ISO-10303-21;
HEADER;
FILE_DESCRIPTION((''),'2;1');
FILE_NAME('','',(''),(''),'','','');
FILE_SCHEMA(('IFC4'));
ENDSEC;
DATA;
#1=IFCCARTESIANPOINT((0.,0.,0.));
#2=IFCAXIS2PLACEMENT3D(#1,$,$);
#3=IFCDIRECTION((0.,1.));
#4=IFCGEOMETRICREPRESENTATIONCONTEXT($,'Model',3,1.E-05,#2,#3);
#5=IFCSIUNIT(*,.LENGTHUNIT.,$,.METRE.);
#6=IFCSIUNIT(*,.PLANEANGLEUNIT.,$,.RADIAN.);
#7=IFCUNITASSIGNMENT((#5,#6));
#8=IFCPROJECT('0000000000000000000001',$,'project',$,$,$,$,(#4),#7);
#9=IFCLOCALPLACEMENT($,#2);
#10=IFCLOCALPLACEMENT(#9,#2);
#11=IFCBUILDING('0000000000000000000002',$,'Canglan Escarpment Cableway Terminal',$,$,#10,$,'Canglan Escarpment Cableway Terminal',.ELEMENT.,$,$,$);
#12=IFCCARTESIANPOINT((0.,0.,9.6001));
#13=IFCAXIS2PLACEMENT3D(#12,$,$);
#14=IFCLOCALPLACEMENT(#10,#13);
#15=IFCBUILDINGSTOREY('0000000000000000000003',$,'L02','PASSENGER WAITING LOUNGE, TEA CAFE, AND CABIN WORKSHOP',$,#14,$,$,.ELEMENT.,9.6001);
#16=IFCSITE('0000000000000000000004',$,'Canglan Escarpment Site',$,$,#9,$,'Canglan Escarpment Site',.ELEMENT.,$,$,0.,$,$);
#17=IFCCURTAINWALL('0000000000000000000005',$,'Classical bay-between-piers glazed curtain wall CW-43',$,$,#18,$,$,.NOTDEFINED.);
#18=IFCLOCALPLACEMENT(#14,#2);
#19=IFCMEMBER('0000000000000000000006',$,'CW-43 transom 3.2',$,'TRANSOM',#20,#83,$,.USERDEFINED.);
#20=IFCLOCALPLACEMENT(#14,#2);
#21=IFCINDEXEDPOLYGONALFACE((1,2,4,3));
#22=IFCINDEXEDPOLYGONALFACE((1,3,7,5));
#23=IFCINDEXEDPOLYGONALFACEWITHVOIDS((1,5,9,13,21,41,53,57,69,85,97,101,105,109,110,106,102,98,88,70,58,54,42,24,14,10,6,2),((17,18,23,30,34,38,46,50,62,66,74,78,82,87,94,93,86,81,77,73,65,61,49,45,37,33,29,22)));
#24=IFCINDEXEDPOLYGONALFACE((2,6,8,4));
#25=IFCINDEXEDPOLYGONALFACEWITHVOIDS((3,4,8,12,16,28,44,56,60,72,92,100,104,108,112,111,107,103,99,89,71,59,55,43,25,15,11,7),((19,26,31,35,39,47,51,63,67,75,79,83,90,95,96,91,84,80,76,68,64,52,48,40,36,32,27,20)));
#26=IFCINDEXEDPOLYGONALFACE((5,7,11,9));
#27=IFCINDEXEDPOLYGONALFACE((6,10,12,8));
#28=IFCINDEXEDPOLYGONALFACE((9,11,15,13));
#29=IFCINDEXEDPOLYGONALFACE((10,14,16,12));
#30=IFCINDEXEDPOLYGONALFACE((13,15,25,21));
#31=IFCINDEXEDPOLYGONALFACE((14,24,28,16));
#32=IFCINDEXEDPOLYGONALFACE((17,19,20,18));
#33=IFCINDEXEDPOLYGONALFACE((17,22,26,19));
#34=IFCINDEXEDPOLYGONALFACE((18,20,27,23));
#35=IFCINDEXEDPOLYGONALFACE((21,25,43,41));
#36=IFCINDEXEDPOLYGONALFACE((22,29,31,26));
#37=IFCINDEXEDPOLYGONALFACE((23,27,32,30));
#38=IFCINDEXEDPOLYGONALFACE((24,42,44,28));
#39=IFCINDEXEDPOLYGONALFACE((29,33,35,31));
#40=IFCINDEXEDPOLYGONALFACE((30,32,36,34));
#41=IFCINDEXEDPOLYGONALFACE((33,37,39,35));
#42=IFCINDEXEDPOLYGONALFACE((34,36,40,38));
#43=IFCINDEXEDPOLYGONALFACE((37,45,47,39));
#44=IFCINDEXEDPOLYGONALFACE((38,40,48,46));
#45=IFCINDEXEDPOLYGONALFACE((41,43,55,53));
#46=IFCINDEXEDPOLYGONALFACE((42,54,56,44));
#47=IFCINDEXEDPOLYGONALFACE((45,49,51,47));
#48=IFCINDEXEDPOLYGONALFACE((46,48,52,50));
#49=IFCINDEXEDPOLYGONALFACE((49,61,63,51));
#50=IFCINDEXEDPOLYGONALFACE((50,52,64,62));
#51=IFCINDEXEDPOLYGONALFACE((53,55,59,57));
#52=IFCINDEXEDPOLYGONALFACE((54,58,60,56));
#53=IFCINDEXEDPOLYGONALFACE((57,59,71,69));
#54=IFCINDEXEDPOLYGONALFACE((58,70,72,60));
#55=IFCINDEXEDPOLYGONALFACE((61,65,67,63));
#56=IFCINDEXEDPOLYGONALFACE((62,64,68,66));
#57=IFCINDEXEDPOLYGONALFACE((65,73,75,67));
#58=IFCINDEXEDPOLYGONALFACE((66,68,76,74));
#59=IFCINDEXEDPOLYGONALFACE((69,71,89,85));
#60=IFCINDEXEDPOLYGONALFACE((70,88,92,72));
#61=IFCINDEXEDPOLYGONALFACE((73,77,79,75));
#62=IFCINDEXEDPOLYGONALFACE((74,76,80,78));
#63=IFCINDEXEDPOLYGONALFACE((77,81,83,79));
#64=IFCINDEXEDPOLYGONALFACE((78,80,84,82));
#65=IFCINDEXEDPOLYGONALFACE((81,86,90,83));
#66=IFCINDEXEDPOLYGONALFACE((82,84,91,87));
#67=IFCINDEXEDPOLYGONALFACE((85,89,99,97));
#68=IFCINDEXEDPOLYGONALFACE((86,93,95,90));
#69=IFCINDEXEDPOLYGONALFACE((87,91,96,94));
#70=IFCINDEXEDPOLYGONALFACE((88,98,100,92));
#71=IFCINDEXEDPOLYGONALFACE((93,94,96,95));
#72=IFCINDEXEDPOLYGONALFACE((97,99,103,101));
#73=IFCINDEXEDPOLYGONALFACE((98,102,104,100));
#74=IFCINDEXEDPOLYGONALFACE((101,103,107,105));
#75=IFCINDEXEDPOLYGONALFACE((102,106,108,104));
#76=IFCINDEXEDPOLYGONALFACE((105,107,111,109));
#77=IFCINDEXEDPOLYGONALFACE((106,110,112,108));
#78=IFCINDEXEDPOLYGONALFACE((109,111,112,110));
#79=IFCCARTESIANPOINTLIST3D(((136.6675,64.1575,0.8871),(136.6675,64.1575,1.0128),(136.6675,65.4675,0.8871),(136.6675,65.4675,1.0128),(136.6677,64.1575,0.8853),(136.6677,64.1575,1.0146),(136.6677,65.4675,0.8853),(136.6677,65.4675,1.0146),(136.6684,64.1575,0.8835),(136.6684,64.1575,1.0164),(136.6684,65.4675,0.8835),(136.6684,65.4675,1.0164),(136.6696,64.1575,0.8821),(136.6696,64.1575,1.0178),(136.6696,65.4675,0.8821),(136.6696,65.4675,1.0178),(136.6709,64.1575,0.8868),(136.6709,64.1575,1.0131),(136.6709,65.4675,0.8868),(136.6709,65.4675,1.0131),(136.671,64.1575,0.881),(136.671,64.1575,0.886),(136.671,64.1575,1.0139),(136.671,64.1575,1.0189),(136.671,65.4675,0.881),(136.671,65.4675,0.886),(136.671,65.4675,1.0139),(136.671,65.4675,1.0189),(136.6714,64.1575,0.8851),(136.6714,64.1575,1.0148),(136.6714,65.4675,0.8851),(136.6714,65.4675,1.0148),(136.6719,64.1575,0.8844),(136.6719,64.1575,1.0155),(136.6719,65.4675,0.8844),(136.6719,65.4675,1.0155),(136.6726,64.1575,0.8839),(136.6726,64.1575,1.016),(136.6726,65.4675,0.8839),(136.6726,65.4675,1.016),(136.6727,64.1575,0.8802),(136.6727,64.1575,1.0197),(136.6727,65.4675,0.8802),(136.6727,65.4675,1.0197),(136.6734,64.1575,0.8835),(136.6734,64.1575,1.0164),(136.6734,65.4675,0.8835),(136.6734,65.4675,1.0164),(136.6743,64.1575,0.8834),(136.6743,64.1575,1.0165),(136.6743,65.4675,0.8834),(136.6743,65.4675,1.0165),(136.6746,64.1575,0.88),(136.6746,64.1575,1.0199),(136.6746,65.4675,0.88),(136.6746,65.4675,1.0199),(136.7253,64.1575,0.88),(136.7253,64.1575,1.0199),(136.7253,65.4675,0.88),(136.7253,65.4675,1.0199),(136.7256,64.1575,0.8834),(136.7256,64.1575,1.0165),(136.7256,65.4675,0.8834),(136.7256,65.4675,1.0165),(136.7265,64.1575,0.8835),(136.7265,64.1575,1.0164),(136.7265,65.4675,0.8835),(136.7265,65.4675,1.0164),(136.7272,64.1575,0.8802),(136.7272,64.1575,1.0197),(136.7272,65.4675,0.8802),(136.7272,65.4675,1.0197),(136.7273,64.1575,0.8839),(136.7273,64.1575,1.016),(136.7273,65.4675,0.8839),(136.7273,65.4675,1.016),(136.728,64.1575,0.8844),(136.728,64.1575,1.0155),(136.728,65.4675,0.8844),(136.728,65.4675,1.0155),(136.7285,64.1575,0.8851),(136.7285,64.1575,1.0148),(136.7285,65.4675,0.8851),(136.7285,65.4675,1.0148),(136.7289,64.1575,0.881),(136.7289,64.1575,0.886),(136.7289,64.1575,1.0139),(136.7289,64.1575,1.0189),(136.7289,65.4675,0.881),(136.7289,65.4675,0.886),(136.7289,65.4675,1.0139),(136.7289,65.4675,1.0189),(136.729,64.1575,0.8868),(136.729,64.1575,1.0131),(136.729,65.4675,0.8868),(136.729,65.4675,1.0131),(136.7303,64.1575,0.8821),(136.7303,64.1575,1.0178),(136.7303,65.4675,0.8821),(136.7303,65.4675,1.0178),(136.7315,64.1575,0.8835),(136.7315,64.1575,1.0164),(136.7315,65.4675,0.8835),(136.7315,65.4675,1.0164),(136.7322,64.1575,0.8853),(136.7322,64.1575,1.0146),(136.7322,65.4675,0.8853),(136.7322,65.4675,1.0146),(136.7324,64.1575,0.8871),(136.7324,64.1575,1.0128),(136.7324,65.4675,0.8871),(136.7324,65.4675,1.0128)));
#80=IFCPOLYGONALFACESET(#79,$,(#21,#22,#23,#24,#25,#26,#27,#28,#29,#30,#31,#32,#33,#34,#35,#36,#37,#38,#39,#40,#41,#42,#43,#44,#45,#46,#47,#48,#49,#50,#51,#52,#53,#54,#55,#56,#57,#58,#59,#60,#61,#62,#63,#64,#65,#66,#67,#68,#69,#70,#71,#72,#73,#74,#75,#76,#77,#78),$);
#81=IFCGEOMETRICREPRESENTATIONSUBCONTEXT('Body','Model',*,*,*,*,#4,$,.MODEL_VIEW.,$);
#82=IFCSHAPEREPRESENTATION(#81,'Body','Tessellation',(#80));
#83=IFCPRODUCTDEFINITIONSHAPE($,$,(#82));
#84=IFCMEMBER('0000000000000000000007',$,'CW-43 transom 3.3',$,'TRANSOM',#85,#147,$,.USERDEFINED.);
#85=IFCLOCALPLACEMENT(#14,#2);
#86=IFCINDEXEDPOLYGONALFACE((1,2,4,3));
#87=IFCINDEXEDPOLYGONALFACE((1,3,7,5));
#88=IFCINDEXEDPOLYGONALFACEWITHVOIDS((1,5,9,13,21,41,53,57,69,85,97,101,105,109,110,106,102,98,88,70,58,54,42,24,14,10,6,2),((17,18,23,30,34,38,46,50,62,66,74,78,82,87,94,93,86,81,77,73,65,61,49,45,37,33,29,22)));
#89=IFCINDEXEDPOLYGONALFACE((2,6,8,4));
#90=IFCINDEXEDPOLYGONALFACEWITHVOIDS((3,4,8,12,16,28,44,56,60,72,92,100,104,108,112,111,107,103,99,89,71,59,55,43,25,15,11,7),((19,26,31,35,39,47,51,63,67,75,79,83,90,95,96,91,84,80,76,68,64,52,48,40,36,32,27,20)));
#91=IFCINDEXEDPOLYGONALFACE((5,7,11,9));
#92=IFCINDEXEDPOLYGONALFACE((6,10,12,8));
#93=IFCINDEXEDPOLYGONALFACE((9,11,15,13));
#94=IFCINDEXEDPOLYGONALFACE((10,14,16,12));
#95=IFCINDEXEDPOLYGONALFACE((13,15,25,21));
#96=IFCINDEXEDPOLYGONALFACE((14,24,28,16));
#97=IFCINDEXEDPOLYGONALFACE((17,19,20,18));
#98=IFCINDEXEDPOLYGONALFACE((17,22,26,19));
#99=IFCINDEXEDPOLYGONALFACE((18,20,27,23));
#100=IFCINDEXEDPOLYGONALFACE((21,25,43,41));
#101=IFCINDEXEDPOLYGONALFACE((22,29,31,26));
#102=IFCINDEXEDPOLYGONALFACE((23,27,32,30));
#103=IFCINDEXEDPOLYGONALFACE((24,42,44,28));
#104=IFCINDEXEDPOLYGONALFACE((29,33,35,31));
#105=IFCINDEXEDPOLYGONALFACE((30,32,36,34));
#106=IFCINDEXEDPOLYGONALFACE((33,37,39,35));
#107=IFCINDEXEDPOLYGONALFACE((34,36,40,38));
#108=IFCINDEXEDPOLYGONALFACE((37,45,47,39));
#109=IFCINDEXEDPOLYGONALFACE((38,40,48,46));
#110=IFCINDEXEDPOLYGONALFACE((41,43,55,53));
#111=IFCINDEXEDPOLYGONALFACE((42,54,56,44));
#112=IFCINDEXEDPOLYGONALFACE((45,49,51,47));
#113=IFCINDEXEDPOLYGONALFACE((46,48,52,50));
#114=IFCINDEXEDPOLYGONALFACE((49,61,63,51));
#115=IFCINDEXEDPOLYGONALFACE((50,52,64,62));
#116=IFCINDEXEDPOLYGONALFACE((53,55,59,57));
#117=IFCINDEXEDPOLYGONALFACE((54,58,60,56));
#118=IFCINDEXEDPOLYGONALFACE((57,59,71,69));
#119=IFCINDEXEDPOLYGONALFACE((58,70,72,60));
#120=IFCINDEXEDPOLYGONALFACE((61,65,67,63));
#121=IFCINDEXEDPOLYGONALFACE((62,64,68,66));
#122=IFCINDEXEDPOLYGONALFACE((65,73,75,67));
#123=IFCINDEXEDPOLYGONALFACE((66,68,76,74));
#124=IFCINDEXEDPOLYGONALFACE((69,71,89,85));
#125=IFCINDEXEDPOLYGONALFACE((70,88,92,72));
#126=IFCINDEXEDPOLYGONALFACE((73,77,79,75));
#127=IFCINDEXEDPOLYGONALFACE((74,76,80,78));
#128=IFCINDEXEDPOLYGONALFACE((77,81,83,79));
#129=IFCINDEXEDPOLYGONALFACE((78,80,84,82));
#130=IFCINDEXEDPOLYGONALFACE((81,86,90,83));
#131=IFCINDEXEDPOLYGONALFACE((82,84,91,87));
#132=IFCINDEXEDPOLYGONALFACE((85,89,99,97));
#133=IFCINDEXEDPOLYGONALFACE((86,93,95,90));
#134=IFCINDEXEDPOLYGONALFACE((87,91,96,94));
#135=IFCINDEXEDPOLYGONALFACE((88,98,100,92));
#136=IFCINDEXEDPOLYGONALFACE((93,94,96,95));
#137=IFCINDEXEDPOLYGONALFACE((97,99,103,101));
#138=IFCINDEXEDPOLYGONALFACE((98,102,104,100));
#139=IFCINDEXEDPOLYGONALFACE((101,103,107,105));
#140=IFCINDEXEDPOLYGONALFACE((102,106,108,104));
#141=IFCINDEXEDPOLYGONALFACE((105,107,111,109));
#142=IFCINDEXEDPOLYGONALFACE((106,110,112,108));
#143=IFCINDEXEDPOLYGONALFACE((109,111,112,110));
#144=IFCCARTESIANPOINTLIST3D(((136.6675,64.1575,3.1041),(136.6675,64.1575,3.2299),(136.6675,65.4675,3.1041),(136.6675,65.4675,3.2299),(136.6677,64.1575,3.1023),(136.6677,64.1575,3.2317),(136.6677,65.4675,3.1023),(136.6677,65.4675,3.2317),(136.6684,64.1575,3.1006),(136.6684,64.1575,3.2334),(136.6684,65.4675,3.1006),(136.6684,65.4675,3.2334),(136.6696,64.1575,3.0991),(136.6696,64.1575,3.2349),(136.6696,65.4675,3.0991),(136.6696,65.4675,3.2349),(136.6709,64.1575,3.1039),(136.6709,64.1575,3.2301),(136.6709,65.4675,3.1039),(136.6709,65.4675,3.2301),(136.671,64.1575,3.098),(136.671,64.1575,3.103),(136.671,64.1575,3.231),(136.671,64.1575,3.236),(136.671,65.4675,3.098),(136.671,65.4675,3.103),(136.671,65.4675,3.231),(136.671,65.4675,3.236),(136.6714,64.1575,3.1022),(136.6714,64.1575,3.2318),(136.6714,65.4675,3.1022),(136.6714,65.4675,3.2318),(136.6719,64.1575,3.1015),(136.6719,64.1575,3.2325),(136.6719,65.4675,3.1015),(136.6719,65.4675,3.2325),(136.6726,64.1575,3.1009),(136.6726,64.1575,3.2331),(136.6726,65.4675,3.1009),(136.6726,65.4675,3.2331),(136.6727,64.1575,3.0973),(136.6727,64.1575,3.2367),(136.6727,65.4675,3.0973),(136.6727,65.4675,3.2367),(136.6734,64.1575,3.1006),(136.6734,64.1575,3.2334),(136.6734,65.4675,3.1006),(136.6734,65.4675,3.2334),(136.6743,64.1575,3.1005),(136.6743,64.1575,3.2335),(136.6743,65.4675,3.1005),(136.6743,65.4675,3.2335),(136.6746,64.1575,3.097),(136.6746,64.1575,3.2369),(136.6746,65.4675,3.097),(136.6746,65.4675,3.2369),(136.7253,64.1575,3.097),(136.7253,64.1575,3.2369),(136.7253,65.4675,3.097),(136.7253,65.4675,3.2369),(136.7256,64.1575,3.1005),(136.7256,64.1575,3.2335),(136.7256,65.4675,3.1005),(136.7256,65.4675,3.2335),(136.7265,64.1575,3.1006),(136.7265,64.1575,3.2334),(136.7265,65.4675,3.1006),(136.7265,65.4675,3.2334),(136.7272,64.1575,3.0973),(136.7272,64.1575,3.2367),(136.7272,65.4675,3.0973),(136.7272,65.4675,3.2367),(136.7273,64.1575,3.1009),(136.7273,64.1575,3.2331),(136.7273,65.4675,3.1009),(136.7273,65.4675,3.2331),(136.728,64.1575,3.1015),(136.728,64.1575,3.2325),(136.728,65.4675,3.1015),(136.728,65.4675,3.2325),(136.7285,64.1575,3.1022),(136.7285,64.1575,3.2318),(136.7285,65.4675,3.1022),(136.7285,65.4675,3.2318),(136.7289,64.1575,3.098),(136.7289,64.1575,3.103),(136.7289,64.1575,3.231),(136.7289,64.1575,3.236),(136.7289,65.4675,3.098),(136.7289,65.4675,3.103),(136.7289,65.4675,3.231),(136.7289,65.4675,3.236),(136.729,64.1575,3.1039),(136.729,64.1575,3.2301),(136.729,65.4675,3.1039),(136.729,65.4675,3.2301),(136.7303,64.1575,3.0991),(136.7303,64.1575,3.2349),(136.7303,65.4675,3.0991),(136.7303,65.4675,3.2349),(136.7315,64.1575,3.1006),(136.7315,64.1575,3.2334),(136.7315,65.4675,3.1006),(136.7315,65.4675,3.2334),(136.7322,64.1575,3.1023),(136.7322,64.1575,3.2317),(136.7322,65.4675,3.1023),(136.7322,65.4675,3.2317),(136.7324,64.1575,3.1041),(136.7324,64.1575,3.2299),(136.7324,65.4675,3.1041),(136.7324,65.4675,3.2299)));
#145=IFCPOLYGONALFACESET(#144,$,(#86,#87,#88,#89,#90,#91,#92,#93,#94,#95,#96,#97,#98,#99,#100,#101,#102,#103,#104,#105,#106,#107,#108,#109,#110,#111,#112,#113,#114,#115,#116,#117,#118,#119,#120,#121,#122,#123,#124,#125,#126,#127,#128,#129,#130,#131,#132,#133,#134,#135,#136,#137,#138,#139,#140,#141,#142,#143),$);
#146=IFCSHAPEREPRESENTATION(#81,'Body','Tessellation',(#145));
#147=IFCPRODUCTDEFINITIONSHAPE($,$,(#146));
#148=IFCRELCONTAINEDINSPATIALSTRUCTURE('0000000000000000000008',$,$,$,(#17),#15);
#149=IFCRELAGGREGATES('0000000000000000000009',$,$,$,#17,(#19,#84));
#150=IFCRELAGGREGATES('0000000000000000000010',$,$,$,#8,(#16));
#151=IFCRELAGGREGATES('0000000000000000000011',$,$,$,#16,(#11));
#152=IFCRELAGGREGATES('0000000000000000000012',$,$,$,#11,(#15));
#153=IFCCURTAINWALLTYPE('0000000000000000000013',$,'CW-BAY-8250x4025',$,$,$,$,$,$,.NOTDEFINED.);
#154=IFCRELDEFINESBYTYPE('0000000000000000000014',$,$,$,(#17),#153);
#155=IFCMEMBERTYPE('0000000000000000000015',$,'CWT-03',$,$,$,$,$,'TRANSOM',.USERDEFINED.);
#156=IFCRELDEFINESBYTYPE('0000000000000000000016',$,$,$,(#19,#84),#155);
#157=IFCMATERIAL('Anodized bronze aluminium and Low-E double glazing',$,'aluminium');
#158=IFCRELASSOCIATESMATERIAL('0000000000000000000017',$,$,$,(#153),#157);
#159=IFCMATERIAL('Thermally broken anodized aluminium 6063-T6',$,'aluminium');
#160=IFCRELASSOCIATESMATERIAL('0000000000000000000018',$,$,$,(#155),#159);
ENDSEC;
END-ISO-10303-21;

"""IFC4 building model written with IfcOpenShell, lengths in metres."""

from ifc_helpers import new_model, si_unit, direction, frame, origin, origin_2d, place, context, subcontext, project, spatial, hollow_rectangle, extrude, material, material_profile, profile_set, type_object, element, aggregate, save


model = new_model("IFC4")

# Units and contexts
model_context = context("Model", 3, precision=1e-05, world=origin(), true_north=direction((0.0, 1.0)))
body_context = subcontext(model_context, "Body", "Model", "MODEL_VIEW")
ifc_project = project(units=[si_unit("LENGTHUNIT", "METRE"), si_unit("PLANEANGLEUNIT", "RADIAN")], contexts=[model_context])

# Site, building, storey
site_placement = place(None, origin())
site = spatial("IfcSite", under=ifc_project, at=site_placement, Name="Canglan Escarpment Site", LongName="Canglan Escarpment Site", CompositionType="ELEMENT", RefElevation=0.0)
building_placement = place(site_placement, origin())
building = spatial("IfcBuilding", under=site, at=building_placement, Name="Canglan Escarpment Cableway Terminal", LongName="Canglan Escarpment Cableway Terminal", CompositionType="ELEMENT")
storey_placement = place(building_placement, frame((0.0, 0.0, 9.6001)))
storey = spatial("IfcBuildingStorey", under=building, at=storey_placement, Name="L02", Description="PASSENGER WAITING LOUNGE, TEA CAFE, AND CABIN WORKSHOP", CompositionType="ELEMENT", Elevation=9.6001)

# Curtain wall, members
ifc_material_1 = material(Name="Anodized bronze aluminium and Low-E double glazing", Category="aluminium")
curtain_wall_type = type_object("IfcCurtainWallType", Name="CW-BAY-8250x4025", PredefinedType="NOTDEFINED", material=ifc_material_1)
curtain_wall_placement = place(storey_placement, origin())
curtain_wall = element("IfcCurtainWall", 1, at=curtain_wall_placement, inside=storey, type_object=curtain_wall_type, Name="Classical bay-between-piers glazed curtain wall CW-43", PredefinedType="NOTDEFINED")
ifc_material_2 = material(Name="Thermally broken anodized aluminium 6063-T6", Category="aluminium")
ifc_material_profile_1 = material_profile(ifc_material_2, hollow_rectangle(XDim=0.0649, YDim=0.1399, WallThickness=0.0034, InnerFilletRadius=0.0034, OuterFilletRadius=0.0071, at=origin_2d()), Name="ALU-TRAN 65x140x3.5")
ifc_profile_set_1 = profile_set([ifc_material_profile_1], Name="Thermally broken anodized aluminium 6063-T6")
member_type_1 = type_object("IfcMemberType", Name="CWT-03", ElementType="TRANSOM", PredefinedType="USERDEFINED", material=ifc_profile_set_1)
member_1_placement = place(storey_placement, frame((136.7, 64.1575, 0.95), z_axis=(0.0, 1.0, 0.0), x_axis=(-1.0, 0.0, 0.0)))
member_1 = element("IfcMember", 2, at=member_1_placement, type_object=member_type_1, Name="CW-43 transom 3.2", ObjectType="TRANSOM", PredefinedType="USERDEFINED", context=body_context, shape_type="SweptSolid", body=[
    extrude(hollow_rectangle(XDim=0.0649, YDim=0.1399, WallThickness=0.0034, InnerFilletRadius=0.0034, OuterFilletRadius=0.0071, at=origin_2d()), origin(), (0.0, 0.0, 1.0), 1.3101),
])
member_2_placement = place(storey_placement, frame((136.7, 64.1575, 3.167), z_axis=(0.0, 1.0, 0.0), x_axis=(-1.0, 0.0, 0.0)))
member_2 = element("IfcMember", 3, at=member_2_placement, type_object=member_type_1, Name="CW-43 transom 3.3", ObjectType="TRANSOM", PredefinedType="USERDEFINED", context=body_context, shape_type="SweptSolid", body=[
    extrude(hollow_rectangle(XDim=0.0649, YDim=0.1399, WallThickness=0.0034, InnerFilletRadius=0.0034, OuterFilletRadius=0.0071, at=origin_2d()), origin(), (0.0, 0.0, 1.0), 1.3101),
])
aggregate(curtain_wall, [member_1, member_2])

save(model, "model.ifc")
